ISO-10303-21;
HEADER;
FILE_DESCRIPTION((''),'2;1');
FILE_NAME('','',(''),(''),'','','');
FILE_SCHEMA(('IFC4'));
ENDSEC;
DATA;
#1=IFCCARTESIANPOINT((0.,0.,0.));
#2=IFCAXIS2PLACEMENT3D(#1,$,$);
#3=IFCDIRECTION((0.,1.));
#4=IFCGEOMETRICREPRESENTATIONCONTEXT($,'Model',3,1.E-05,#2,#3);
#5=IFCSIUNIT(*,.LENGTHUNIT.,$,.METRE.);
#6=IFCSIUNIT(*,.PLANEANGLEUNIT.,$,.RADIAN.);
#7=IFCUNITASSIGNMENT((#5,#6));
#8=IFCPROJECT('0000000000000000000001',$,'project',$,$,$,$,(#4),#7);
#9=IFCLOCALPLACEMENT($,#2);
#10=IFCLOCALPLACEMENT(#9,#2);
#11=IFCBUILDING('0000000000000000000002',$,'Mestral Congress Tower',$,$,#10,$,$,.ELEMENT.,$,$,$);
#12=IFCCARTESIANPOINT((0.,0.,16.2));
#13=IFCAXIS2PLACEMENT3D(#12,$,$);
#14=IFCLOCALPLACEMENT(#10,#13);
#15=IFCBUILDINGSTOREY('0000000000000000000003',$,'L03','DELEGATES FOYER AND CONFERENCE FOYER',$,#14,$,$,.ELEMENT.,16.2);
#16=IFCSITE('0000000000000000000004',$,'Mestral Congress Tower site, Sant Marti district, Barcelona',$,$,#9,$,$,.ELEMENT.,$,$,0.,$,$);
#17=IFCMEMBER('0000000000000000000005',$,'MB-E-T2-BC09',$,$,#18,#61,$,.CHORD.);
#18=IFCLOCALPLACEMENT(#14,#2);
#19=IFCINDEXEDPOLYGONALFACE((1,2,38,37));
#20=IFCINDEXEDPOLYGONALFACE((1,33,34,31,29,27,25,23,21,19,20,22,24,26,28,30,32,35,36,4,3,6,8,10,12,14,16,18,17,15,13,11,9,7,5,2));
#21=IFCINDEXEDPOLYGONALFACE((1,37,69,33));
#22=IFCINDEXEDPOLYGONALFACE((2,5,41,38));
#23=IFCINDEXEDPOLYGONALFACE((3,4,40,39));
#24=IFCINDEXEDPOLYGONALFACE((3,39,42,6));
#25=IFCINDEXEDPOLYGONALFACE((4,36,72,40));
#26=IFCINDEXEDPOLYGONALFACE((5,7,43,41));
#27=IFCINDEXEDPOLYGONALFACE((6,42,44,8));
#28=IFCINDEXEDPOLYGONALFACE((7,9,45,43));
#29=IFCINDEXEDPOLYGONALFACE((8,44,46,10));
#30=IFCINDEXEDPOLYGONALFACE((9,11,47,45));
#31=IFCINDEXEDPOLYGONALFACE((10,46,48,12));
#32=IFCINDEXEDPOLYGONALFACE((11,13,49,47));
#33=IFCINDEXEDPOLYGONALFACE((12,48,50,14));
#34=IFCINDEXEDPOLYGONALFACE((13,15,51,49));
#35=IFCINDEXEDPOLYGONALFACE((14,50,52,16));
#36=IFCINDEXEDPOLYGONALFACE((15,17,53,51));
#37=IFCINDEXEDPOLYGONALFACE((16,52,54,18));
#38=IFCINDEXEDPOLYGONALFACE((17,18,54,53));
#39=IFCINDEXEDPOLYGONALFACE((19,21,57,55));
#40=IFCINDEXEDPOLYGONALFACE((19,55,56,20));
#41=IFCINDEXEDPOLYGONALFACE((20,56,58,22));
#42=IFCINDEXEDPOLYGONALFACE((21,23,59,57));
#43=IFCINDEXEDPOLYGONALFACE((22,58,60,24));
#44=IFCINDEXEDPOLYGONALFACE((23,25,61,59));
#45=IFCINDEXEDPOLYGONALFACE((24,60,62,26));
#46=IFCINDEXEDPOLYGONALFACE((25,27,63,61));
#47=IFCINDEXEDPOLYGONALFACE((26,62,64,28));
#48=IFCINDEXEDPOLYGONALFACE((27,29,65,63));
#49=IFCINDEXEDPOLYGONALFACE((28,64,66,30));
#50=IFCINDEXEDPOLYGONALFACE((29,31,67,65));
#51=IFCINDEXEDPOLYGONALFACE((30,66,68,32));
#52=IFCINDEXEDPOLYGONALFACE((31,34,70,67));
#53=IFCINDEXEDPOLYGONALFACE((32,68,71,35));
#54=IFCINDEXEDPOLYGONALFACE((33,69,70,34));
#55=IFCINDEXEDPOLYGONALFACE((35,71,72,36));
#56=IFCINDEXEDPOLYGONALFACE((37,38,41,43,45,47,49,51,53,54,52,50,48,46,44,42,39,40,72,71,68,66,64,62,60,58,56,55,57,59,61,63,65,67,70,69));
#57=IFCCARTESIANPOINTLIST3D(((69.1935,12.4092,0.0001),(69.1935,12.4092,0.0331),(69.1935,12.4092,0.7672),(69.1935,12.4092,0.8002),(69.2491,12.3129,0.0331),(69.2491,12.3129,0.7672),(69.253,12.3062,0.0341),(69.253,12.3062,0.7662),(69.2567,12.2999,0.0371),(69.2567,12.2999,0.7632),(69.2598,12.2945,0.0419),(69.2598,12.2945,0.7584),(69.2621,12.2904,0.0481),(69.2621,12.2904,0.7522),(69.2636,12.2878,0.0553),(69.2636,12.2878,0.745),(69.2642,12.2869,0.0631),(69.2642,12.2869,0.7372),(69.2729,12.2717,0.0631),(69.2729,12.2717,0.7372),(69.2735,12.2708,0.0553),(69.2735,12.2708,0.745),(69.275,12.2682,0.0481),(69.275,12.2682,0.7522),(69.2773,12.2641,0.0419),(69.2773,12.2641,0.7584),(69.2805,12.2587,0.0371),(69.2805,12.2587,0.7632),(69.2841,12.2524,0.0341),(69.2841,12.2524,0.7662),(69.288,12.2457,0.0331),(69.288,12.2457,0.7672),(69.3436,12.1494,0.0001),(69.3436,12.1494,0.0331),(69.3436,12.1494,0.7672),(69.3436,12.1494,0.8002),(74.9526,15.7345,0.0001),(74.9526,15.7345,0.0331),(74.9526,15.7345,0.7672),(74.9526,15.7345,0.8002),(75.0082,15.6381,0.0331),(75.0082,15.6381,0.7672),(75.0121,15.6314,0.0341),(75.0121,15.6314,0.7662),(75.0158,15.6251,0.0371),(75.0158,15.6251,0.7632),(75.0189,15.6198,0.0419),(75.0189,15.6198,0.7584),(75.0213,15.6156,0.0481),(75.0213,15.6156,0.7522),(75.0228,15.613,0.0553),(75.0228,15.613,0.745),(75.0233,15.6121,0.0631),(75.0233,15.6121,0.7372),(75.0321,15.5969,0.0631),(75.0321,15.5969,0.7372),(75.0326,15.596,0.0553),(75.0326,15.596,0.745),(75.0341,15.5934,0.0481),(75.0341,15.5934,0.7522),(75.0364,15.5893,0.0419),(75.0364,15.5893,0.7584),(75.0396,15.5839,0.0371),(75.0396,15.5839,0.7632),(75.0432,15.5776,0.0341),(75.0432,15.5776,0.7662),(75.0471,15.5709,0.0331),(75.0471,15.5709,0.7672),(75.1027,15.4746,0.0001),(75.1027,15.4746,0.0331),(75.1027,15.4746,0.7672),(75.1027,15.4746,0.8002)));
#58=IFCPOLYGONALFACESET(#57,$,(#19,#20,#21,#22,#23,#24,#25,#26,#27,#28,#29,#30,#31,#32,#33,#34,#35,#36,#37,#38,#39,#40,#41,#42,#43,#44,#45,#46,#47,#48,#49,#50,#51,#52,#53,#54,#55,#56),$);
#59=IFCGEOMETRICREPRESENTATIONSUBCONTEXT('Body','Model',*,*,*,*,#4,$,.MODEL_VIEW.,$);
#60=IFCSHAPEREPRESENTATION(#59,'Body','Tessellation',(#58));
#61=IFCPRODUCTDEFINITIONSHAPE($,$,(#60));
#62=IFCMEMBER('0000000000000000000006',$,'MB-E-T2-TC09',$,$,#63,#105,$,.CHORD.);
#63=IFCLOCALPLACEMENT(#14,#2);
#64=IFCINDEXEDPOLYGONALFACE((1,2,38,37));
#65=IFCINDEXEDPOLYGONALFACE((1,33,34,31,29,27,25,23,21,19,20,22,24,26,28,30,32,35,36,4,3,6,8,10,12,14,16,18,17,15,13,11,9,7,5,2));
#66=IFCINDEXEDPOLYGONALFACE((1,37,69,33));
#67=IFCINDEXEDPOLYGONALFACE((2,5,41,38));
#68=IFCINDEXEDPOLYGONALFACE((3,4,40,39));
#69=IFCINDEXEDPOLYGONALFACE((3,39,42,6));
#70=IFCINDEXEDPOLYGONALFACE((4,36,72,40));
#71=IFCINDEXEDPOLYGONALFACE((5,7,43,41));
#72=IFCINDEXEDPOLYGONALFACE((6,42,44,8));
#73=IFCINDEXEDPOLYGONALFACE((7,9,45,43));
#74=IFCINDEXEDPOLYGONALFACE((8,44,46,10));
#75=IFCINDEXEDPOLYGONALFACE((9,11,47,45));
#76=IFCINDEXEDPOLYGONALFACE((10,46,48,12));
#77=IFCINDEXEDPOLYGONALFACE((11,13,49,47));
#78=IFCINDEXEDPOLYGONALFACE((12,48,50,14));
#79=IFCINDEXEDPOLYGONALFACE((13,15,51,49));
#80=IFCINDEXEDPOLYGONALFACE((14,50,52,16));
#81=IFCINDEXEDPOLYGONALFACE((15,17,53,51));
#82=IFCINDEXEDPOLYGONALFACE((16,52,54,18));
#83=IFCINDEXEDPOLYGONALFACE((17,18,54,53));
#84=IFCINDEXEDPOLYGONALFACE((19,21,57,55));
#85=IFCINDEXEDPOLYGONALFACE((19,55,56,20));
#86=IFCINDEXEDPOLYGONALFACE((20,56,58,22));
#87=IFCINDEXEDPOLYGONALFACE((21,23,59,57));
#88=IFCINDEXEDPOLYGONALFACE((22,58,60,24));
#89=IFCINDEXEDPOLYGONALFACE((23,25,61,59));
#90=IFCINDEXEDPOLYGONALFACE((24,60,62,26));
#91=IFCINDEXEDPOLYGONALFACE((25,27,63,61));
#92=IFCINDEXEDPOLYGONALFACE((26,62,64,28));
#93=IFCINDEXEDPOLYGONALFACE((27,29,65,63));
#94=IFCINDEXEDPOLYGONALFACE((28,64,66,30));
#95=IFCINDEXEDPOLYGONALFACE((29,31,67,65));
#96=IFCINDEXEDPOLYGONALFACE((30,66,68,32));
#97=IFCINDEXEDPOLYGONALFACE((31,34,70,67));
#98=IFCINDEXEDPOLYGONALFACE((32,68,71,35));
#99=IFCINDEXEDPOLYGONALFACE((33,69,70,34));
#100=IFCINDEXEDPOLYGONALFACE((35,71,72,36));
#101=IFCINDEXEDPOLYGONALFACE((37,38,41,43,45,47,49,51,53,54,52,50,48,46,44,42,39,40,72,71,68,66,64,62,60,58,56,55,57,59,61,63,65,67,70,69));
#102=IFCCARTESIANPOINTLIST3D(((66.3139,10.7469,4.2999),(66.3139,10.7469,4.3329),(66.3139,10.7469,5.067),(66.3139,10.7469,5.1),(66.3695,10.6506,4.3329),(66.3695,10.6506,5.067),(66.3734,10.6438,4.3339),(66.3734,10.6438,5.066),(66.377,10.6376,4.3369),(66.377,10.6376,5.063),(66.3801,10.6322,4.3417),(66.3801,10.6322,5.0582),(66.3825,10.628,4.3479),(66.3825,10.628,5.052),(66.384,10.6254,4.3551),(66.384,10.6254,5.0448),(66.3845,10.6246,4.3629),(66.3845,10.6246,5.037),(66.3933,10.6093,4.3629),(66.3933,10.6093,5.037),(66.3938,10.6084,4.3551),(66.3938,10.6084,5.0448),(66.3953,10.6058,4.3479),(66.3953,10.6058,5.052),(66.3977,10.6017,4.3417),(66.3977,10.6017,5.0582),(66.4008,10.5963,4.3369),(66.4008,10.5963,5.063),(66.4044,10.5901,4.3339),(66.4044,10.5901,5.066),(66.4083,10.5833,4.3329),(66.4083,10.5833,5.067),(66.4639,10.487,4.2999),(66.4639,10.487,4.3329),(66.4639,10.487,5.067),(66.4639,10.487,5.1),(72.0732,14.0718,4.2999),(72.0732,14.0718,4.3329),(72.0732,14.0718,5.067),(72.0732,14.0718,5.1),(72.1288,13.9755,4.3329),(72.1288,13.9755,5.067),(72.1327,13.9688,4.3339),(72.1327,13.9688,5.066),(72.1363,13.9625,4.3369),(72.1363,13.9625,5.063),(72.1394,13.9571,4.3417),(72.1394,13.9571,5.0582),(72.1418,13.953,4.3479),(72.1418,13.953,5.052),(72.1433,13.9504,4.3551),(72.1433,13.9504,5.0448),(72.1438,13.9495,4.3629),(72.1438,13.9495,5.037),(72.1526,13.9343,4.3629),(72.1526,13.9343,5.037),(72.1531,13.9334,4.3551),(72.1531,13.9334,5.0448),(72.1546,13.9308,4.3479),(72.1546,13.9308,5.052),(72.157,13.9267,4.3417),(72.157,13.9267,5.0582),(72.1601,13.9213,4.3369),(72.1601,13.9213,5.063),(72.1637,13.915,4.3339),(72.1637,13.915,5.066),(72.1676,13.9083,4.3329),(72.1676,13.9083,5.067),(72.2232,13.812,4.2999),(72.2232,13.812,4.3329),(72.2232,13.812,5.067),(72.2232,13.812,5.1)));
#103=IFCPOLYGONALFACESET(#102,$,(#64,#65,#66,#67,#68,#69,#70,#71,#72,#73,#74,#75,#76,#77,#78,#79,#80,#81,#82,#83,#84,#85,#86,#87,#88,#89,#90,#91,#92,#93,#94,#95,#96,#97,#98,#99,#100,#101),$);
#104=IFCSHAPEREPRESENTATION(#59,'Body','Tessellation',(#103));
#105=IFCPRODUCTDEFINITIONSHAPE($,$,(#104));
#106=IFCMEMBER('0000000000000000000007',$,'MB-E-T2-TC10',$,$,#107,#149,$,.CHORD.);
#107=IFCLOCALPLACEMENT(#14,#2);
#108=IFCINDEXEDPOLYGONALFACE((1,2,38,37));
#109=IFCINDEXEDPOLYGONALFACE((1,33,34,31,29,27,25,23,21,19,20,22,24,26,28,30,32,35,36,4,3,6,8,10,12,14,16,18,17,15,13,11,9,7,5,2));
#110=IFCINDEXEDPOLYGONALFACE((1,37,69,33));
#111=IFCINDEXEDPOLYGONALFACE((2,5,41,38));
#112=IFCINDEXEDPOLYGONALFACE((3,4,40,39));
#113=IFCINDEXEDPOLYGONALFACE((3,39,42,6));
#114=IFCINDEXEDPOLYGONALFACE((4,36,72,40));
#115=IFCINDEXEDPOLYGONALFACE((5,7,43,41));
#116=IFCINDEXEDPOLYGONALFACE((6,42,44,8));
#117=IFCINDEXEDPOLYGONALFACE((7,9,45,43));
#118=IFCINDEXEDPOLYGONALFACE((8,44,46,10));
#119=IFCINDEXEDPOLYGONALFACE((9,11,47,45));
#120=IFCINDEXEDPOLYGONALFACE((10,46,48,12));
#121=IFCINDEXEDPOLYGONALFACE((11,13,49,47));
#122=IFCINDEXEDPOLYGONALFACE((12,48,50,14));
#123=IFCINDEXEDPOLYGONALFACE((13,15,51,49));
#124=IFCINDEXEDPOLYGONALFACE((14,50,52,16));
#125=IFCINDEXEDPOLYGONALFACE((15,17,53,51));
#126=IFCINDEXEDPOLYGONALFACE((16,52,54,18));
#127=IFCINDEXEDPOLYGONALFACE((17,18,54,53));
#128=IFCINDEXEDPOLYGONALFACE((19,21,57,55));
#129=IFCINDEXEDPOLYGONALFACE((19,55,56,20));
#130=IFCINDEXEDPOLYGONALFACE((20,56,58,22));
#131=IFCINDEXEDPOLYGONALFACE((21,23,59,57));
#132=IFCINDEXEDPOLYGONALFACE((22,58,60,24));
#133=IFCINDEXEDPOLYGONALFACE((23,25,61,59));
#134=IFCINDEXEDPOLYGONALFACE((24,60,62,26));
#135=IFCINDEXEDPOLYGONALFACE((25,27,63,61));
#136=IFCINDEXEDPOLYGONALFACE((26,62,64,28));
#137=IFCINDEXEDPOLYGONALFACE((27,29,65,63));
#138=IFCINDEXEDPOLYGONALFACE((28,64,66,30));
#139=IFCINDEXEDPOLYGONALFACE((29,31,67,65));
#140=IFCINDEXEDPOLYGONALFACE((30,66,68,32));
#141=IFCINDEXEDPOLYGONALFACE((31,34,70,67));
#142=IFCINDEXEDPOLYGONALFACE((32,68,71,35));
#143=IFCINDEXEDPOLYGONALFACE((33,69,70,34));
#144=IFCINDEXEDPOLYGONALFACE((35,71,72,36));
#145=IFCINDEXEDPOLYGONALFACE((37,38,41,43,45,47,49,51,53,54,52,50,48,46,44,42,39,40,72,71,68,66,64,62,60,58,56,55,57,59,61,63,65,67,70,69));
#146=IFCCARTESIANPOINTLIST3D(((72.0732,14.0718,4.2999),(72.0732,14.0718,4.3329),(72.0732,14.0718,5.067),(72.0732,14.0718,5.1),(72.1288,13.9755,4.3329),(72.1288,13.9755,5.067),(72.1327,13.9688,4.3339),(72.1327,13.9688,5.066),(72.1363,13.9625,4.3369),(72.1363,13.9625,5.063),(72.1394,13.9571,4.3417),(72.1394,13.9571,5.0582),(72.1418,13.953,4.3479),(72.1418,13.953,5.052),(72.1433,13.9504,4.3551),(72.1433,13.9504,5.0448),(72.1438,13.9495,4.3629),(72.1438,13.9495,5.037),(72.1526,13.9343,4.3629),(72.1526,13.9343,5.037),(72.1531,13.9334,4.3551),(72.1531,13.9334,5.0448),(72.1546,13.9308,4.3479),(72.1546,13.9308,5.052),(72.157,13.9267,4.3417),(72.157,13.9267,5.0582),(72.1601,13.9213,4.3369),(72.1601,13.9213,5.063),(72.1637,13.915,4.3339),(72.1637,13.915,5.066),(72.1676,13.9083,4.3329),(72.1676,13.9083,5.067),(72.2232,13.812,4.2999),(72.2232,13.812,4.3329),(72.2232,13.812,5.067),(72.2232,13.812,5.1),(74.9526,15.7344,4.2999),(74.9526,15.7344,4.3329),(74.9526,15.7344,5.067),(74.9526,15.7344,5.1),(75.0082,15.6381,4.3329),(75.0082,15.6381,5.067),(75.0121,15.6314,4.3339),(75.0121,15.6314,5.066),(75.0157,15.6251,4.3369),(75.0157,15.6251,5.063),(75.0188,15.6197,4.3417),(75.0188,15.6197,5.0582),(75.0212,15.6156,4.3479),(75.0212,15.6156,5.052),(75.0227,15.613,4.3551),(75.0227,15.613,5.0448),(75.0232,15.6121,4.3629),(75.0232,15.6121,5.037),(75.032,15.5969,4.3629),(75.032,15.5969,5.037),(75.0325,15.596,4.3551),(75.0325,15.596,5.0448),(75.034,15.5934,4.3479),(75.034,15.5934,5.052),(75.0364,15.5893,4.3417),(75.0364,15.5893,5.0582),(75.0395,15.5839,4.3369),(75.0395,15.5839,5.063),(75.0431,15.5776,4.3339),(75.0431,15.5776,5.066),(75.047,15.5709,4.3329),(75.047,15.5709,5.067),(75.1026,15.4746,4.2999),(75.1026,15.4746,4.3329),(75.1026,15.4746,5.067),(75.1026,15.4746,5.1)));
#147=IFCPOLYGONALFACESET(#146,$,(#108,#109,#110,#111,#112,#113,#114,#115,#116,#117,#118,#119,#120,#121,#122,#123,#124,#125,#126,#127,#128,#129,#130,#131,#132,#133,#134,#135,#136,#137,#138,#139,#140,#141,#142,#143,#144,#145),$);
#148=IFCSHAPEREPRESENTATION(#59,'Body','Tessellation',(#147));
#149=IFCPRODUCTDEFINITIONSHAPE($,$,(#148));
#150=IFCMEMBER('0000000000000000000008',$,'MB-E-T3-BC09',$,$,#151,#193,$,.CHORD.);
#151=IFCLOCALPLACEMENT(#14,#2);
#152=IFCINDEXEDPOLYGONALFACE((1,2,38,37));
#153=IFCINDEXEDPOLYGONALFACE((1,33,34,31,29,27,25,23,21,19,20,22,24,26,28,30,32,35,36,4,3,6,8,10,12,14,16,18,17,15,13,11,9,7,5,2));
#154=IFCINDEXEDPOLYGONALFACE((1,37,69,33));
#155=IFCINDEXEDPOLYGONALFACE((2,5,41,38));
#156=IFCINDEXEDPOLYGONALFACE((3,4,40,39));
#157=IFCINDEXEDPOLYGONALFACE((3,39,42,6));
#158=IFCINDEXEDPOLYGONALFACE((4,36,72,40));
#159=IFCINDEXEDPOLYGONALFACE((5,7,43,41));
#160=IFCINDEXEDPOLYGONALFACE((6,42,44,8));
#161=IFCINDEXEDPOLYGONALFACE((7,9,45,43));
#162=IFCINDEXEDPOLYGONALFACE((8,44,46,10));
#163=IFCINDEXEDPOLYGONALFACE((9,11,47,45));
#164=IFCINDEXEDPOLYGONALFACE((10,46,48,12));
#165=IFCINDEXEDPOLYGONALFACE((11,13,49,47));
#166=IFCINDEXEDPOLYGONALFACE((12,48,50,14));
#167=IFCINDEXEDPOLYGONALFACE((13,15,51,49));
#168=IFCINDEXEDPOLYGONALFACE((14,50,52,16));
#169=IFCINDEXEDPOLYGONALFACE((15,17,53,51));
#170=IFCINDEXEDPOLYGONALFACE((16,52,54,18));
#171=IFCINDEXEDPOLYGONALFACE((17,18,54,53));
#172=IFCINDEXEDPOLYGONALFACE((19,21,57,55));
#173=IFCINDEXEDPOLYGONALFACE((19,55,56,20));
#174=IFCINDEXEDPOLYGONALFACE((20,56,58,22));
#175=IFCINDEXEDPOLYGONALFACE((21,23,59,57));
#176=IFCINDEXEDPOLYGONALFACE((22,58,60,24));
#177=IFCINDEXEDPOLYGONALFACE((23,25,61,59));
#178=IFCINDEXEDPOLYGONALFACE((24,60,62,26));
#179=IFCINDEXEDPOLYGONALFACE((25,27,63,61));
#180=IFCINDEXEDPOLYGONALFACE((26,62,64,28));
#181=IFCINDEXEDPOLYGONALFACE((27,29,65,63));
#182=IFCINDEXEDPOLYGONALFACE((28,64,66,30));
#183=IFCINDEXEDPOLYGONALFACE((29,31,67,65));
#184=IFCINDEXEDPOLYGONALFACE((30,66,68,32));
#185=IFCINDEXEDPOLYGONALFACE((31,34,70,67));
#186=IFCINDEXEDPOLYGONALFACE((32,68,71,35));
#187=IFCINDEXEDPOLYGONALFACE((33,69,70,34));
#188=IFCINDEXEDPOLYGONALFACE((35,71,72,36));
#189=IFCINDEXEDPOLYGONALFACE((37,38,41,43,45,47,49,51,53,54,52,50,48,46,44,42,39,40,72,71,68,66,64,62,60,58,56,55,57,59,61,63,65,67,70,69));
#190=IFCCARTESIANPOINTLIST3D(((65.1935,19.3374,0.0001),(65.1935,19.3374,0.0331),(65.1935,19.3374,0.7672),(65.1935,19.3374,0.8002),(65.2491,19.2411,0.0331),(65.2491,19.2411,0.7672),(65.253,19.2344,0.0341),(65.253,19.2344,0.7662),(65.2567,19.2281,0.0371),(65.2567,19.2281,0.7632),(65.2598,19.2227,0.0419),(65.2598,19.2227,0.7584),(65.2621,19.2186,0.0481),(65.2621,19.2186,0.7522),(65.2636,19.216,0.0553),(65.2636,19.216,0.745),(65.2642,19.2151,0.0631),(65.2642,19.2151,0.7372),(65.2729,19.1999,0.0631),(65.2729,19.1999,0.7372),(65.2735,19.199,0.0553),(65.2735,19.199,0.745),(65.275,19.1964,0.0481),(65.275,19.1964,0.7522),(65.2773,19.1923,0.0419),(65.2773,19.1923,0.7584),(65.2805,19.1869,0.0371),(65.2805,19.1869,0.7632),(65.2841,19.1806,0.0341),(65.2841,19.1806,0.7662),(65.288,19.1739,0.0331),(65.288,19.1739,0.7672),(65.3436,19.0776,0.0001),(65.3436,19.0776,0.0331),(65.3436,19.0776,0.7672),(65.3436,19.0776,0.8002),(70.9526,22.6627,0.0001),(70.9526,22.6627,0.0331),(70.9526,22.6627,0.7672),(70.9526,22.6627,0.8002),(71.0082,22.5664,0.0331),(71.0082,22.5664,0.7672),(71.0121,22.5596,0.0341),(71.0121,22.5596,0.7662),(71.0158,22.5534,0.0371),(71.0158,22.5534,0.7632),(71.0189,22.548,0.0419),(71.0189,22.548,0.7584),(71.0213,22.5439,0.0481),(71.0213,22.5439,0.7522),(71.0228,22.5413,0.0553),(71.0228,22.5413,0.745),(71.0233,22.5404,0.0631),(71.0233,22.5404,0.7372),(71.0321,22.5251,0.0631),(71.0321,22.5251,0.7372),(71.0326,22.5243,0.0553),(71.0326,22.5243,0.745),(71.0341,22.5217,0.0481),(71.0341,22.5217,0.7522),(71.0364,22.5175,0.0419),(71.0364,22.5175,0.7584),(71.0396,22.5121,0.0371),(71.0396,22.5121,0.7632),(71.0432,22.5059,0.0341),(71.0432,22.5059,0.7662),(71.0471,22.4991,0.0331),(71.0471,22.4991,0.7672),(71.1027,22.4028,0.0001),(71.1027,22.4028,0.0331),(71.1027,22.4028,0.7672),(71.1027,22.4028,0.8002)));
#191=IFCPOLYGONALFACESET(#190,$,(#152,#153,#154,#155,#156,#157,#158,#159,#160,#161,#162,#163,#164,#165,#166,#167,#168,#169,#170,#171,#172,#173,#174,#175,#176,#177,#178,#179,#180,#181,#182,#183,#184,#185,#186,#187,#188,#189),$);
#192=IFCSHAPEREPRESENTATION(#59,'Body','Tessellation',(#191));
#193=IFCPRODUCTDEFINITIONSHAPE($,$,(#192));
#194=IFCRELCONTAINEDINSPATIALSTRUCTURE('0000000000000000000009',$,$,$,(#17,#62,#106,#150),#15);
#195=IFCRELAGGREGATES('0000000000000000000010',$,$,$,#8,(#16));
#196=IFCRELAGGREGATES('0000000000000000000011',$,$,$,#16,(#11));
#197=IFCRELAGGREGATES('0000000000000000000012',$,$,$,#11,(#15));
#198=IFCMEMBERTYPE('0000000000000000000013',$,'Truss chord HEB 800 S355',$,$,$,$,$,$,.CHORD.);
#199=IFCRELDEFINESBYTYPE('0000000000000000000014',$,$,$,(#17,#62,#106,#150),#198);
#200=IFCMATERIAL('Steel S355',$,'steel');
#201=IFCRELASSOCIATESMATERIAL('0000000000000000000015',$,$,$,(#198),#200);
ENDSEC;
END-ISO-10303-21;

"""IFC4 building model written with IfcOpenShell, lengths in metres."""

from ifc_helpers import new_model, si_unit, direction, frame, origin, origin_2d, place, context, subcontext, project, spatial, i_section, extrude, material, material_profile, profile_set, type_object, element, save


model = new_model("IFC4")

# Units and contexts
model_context = context("Model", 3, precision=1e-05, world=origin(), true_north=direction((0.0, 1.0)))
body_context = subcontext(model_context, "Body", "Model", "MODEL_VIEW")
ifc_project = project(units=[si_unit("LENGTHUNIT", "METRE"), si_unit("PLANEANGLEUNIT", "RADIAN")], contexts=[model_context])

# Site, building, storey
site_placement = place(None, origin())
site = spatial("IfcSite", under=ifc_project, at=site_placement, Name="Mestral Congress Tower site, Sant Marti district, Barcelona", CompositionType="ELEMENT", RefElevation=0.0)
building_placement = place(site_placement, origin())
building = spatial("IfcBuilding", under=site, at=building_placement, Name="Mestral Congress Tower", CompositionType="ELEMENT")
storey_placement = place(building_placement, frame((0.0, 0.0, 16.2)))
storey = spatial("IfcBuildingStorey", under=building, at=storey_placement, Name="L03", Description="DELEGATES FOYER AND CONFERENCE FOYER", CompositionType="ELEMENT", Elevation=16.2)

# Members
ifc_material_1 = material(Name="Steel S355", Category="steel")
ifc_material_profile_1 = material_profile(ifc_material_1, i_section(OverallWidth=0.3, OverallDepth=0.8, WebThickness=0.0176, FlangeThickness=0.033, FilletRadius=0.03, at=origin_2d()), Name="HEB 800")
ifc_profile_set_1 = profile_set([ifc_material_profile_1], Name="Steel S355")
member_type_1 = type_object("IfcMemberType", Name="Truss chord HEB 800 S355", PredefinedType="CHORD", material=ifc_profile_set_1)
for number, where, z_axis, x_axis, name in (
    (1, (69.2686, 12.2793, 0.4001), (0.866011, 0.500024, 0.0), (-0.500024, 0.866011, 0.0), "MB-E-T2-BC09"),
    (2, (66.3889, 10.6169, 4.7), (0.866036, 0.499981, 0.0), (-0.499981, 0.866036, 0.0), "MB-E-T2-TC09"),
):
    element("IfcMember", number, at=place(storey_placement, frame(where, z_axis=z_axis, x_axis=x_axis)), inside=storey, type_object=member_type_1, Name=name, PredefinedType="CHORD", context=body_context, shape_type="SweptSolid", body=[
        extrude(i_section(OverallWidth=0.3, OverallDepth=0.8, WebThickness=0.0176, FlangeThickness=0.033, FilletRadius=0.03, at=origin_2d()), origin(), (0.0, 0.0, 1.0), 6.6501),
    ])
member_1_placement = place(storey_placement, frame((72.1482, 13.9419, 4.7), z_axis=(0.866002, 0.50004, 0.0), x_axis=(-0.50004, 0.866002, 0.0)))
element("IfcMember", 3, at=member_1_placement, inside=storey, type_object=member_type_1, Name="MB-E-T2-TC10", PredefinedType="CHORD", context=body_context, shape_type="SweptSolid", body=[
    extrude(i_section(OverallWidth=0.3, OverallDepth=0.8, WebThickness=0.0176, FlangeThickness=0.033, FilletRadius=0.03, at=origin_2d()), origin(), (0.0, 0.0, 1.0), 3.325),
])
member_2_placement = place(storey_placement, frame((65.2686, 19.2075, 0.4001), z_axis=(0.866011, 0.500024, 0.0), x_axis=(-0.500024, 0.866011, 0.0)))
element("IfcMember", 4, at=member_2_placement, inside=storey, type_object=member_type_1, Name="MB-E-T3-BC09", PredefinedType="CHORD", context=body_context, shape_type="SweptSolid", body=[
    extrude(i_section(OverallWidth=0.3, OverallDepth=0.8, WebThickness=0.0176, FlangeThickness=0.033, FilletRadius=0.03, at=origin_2d()), origin(), (0.0, 0.0, 1.0), 6.6501),
])

save(model, "model.ifc")
